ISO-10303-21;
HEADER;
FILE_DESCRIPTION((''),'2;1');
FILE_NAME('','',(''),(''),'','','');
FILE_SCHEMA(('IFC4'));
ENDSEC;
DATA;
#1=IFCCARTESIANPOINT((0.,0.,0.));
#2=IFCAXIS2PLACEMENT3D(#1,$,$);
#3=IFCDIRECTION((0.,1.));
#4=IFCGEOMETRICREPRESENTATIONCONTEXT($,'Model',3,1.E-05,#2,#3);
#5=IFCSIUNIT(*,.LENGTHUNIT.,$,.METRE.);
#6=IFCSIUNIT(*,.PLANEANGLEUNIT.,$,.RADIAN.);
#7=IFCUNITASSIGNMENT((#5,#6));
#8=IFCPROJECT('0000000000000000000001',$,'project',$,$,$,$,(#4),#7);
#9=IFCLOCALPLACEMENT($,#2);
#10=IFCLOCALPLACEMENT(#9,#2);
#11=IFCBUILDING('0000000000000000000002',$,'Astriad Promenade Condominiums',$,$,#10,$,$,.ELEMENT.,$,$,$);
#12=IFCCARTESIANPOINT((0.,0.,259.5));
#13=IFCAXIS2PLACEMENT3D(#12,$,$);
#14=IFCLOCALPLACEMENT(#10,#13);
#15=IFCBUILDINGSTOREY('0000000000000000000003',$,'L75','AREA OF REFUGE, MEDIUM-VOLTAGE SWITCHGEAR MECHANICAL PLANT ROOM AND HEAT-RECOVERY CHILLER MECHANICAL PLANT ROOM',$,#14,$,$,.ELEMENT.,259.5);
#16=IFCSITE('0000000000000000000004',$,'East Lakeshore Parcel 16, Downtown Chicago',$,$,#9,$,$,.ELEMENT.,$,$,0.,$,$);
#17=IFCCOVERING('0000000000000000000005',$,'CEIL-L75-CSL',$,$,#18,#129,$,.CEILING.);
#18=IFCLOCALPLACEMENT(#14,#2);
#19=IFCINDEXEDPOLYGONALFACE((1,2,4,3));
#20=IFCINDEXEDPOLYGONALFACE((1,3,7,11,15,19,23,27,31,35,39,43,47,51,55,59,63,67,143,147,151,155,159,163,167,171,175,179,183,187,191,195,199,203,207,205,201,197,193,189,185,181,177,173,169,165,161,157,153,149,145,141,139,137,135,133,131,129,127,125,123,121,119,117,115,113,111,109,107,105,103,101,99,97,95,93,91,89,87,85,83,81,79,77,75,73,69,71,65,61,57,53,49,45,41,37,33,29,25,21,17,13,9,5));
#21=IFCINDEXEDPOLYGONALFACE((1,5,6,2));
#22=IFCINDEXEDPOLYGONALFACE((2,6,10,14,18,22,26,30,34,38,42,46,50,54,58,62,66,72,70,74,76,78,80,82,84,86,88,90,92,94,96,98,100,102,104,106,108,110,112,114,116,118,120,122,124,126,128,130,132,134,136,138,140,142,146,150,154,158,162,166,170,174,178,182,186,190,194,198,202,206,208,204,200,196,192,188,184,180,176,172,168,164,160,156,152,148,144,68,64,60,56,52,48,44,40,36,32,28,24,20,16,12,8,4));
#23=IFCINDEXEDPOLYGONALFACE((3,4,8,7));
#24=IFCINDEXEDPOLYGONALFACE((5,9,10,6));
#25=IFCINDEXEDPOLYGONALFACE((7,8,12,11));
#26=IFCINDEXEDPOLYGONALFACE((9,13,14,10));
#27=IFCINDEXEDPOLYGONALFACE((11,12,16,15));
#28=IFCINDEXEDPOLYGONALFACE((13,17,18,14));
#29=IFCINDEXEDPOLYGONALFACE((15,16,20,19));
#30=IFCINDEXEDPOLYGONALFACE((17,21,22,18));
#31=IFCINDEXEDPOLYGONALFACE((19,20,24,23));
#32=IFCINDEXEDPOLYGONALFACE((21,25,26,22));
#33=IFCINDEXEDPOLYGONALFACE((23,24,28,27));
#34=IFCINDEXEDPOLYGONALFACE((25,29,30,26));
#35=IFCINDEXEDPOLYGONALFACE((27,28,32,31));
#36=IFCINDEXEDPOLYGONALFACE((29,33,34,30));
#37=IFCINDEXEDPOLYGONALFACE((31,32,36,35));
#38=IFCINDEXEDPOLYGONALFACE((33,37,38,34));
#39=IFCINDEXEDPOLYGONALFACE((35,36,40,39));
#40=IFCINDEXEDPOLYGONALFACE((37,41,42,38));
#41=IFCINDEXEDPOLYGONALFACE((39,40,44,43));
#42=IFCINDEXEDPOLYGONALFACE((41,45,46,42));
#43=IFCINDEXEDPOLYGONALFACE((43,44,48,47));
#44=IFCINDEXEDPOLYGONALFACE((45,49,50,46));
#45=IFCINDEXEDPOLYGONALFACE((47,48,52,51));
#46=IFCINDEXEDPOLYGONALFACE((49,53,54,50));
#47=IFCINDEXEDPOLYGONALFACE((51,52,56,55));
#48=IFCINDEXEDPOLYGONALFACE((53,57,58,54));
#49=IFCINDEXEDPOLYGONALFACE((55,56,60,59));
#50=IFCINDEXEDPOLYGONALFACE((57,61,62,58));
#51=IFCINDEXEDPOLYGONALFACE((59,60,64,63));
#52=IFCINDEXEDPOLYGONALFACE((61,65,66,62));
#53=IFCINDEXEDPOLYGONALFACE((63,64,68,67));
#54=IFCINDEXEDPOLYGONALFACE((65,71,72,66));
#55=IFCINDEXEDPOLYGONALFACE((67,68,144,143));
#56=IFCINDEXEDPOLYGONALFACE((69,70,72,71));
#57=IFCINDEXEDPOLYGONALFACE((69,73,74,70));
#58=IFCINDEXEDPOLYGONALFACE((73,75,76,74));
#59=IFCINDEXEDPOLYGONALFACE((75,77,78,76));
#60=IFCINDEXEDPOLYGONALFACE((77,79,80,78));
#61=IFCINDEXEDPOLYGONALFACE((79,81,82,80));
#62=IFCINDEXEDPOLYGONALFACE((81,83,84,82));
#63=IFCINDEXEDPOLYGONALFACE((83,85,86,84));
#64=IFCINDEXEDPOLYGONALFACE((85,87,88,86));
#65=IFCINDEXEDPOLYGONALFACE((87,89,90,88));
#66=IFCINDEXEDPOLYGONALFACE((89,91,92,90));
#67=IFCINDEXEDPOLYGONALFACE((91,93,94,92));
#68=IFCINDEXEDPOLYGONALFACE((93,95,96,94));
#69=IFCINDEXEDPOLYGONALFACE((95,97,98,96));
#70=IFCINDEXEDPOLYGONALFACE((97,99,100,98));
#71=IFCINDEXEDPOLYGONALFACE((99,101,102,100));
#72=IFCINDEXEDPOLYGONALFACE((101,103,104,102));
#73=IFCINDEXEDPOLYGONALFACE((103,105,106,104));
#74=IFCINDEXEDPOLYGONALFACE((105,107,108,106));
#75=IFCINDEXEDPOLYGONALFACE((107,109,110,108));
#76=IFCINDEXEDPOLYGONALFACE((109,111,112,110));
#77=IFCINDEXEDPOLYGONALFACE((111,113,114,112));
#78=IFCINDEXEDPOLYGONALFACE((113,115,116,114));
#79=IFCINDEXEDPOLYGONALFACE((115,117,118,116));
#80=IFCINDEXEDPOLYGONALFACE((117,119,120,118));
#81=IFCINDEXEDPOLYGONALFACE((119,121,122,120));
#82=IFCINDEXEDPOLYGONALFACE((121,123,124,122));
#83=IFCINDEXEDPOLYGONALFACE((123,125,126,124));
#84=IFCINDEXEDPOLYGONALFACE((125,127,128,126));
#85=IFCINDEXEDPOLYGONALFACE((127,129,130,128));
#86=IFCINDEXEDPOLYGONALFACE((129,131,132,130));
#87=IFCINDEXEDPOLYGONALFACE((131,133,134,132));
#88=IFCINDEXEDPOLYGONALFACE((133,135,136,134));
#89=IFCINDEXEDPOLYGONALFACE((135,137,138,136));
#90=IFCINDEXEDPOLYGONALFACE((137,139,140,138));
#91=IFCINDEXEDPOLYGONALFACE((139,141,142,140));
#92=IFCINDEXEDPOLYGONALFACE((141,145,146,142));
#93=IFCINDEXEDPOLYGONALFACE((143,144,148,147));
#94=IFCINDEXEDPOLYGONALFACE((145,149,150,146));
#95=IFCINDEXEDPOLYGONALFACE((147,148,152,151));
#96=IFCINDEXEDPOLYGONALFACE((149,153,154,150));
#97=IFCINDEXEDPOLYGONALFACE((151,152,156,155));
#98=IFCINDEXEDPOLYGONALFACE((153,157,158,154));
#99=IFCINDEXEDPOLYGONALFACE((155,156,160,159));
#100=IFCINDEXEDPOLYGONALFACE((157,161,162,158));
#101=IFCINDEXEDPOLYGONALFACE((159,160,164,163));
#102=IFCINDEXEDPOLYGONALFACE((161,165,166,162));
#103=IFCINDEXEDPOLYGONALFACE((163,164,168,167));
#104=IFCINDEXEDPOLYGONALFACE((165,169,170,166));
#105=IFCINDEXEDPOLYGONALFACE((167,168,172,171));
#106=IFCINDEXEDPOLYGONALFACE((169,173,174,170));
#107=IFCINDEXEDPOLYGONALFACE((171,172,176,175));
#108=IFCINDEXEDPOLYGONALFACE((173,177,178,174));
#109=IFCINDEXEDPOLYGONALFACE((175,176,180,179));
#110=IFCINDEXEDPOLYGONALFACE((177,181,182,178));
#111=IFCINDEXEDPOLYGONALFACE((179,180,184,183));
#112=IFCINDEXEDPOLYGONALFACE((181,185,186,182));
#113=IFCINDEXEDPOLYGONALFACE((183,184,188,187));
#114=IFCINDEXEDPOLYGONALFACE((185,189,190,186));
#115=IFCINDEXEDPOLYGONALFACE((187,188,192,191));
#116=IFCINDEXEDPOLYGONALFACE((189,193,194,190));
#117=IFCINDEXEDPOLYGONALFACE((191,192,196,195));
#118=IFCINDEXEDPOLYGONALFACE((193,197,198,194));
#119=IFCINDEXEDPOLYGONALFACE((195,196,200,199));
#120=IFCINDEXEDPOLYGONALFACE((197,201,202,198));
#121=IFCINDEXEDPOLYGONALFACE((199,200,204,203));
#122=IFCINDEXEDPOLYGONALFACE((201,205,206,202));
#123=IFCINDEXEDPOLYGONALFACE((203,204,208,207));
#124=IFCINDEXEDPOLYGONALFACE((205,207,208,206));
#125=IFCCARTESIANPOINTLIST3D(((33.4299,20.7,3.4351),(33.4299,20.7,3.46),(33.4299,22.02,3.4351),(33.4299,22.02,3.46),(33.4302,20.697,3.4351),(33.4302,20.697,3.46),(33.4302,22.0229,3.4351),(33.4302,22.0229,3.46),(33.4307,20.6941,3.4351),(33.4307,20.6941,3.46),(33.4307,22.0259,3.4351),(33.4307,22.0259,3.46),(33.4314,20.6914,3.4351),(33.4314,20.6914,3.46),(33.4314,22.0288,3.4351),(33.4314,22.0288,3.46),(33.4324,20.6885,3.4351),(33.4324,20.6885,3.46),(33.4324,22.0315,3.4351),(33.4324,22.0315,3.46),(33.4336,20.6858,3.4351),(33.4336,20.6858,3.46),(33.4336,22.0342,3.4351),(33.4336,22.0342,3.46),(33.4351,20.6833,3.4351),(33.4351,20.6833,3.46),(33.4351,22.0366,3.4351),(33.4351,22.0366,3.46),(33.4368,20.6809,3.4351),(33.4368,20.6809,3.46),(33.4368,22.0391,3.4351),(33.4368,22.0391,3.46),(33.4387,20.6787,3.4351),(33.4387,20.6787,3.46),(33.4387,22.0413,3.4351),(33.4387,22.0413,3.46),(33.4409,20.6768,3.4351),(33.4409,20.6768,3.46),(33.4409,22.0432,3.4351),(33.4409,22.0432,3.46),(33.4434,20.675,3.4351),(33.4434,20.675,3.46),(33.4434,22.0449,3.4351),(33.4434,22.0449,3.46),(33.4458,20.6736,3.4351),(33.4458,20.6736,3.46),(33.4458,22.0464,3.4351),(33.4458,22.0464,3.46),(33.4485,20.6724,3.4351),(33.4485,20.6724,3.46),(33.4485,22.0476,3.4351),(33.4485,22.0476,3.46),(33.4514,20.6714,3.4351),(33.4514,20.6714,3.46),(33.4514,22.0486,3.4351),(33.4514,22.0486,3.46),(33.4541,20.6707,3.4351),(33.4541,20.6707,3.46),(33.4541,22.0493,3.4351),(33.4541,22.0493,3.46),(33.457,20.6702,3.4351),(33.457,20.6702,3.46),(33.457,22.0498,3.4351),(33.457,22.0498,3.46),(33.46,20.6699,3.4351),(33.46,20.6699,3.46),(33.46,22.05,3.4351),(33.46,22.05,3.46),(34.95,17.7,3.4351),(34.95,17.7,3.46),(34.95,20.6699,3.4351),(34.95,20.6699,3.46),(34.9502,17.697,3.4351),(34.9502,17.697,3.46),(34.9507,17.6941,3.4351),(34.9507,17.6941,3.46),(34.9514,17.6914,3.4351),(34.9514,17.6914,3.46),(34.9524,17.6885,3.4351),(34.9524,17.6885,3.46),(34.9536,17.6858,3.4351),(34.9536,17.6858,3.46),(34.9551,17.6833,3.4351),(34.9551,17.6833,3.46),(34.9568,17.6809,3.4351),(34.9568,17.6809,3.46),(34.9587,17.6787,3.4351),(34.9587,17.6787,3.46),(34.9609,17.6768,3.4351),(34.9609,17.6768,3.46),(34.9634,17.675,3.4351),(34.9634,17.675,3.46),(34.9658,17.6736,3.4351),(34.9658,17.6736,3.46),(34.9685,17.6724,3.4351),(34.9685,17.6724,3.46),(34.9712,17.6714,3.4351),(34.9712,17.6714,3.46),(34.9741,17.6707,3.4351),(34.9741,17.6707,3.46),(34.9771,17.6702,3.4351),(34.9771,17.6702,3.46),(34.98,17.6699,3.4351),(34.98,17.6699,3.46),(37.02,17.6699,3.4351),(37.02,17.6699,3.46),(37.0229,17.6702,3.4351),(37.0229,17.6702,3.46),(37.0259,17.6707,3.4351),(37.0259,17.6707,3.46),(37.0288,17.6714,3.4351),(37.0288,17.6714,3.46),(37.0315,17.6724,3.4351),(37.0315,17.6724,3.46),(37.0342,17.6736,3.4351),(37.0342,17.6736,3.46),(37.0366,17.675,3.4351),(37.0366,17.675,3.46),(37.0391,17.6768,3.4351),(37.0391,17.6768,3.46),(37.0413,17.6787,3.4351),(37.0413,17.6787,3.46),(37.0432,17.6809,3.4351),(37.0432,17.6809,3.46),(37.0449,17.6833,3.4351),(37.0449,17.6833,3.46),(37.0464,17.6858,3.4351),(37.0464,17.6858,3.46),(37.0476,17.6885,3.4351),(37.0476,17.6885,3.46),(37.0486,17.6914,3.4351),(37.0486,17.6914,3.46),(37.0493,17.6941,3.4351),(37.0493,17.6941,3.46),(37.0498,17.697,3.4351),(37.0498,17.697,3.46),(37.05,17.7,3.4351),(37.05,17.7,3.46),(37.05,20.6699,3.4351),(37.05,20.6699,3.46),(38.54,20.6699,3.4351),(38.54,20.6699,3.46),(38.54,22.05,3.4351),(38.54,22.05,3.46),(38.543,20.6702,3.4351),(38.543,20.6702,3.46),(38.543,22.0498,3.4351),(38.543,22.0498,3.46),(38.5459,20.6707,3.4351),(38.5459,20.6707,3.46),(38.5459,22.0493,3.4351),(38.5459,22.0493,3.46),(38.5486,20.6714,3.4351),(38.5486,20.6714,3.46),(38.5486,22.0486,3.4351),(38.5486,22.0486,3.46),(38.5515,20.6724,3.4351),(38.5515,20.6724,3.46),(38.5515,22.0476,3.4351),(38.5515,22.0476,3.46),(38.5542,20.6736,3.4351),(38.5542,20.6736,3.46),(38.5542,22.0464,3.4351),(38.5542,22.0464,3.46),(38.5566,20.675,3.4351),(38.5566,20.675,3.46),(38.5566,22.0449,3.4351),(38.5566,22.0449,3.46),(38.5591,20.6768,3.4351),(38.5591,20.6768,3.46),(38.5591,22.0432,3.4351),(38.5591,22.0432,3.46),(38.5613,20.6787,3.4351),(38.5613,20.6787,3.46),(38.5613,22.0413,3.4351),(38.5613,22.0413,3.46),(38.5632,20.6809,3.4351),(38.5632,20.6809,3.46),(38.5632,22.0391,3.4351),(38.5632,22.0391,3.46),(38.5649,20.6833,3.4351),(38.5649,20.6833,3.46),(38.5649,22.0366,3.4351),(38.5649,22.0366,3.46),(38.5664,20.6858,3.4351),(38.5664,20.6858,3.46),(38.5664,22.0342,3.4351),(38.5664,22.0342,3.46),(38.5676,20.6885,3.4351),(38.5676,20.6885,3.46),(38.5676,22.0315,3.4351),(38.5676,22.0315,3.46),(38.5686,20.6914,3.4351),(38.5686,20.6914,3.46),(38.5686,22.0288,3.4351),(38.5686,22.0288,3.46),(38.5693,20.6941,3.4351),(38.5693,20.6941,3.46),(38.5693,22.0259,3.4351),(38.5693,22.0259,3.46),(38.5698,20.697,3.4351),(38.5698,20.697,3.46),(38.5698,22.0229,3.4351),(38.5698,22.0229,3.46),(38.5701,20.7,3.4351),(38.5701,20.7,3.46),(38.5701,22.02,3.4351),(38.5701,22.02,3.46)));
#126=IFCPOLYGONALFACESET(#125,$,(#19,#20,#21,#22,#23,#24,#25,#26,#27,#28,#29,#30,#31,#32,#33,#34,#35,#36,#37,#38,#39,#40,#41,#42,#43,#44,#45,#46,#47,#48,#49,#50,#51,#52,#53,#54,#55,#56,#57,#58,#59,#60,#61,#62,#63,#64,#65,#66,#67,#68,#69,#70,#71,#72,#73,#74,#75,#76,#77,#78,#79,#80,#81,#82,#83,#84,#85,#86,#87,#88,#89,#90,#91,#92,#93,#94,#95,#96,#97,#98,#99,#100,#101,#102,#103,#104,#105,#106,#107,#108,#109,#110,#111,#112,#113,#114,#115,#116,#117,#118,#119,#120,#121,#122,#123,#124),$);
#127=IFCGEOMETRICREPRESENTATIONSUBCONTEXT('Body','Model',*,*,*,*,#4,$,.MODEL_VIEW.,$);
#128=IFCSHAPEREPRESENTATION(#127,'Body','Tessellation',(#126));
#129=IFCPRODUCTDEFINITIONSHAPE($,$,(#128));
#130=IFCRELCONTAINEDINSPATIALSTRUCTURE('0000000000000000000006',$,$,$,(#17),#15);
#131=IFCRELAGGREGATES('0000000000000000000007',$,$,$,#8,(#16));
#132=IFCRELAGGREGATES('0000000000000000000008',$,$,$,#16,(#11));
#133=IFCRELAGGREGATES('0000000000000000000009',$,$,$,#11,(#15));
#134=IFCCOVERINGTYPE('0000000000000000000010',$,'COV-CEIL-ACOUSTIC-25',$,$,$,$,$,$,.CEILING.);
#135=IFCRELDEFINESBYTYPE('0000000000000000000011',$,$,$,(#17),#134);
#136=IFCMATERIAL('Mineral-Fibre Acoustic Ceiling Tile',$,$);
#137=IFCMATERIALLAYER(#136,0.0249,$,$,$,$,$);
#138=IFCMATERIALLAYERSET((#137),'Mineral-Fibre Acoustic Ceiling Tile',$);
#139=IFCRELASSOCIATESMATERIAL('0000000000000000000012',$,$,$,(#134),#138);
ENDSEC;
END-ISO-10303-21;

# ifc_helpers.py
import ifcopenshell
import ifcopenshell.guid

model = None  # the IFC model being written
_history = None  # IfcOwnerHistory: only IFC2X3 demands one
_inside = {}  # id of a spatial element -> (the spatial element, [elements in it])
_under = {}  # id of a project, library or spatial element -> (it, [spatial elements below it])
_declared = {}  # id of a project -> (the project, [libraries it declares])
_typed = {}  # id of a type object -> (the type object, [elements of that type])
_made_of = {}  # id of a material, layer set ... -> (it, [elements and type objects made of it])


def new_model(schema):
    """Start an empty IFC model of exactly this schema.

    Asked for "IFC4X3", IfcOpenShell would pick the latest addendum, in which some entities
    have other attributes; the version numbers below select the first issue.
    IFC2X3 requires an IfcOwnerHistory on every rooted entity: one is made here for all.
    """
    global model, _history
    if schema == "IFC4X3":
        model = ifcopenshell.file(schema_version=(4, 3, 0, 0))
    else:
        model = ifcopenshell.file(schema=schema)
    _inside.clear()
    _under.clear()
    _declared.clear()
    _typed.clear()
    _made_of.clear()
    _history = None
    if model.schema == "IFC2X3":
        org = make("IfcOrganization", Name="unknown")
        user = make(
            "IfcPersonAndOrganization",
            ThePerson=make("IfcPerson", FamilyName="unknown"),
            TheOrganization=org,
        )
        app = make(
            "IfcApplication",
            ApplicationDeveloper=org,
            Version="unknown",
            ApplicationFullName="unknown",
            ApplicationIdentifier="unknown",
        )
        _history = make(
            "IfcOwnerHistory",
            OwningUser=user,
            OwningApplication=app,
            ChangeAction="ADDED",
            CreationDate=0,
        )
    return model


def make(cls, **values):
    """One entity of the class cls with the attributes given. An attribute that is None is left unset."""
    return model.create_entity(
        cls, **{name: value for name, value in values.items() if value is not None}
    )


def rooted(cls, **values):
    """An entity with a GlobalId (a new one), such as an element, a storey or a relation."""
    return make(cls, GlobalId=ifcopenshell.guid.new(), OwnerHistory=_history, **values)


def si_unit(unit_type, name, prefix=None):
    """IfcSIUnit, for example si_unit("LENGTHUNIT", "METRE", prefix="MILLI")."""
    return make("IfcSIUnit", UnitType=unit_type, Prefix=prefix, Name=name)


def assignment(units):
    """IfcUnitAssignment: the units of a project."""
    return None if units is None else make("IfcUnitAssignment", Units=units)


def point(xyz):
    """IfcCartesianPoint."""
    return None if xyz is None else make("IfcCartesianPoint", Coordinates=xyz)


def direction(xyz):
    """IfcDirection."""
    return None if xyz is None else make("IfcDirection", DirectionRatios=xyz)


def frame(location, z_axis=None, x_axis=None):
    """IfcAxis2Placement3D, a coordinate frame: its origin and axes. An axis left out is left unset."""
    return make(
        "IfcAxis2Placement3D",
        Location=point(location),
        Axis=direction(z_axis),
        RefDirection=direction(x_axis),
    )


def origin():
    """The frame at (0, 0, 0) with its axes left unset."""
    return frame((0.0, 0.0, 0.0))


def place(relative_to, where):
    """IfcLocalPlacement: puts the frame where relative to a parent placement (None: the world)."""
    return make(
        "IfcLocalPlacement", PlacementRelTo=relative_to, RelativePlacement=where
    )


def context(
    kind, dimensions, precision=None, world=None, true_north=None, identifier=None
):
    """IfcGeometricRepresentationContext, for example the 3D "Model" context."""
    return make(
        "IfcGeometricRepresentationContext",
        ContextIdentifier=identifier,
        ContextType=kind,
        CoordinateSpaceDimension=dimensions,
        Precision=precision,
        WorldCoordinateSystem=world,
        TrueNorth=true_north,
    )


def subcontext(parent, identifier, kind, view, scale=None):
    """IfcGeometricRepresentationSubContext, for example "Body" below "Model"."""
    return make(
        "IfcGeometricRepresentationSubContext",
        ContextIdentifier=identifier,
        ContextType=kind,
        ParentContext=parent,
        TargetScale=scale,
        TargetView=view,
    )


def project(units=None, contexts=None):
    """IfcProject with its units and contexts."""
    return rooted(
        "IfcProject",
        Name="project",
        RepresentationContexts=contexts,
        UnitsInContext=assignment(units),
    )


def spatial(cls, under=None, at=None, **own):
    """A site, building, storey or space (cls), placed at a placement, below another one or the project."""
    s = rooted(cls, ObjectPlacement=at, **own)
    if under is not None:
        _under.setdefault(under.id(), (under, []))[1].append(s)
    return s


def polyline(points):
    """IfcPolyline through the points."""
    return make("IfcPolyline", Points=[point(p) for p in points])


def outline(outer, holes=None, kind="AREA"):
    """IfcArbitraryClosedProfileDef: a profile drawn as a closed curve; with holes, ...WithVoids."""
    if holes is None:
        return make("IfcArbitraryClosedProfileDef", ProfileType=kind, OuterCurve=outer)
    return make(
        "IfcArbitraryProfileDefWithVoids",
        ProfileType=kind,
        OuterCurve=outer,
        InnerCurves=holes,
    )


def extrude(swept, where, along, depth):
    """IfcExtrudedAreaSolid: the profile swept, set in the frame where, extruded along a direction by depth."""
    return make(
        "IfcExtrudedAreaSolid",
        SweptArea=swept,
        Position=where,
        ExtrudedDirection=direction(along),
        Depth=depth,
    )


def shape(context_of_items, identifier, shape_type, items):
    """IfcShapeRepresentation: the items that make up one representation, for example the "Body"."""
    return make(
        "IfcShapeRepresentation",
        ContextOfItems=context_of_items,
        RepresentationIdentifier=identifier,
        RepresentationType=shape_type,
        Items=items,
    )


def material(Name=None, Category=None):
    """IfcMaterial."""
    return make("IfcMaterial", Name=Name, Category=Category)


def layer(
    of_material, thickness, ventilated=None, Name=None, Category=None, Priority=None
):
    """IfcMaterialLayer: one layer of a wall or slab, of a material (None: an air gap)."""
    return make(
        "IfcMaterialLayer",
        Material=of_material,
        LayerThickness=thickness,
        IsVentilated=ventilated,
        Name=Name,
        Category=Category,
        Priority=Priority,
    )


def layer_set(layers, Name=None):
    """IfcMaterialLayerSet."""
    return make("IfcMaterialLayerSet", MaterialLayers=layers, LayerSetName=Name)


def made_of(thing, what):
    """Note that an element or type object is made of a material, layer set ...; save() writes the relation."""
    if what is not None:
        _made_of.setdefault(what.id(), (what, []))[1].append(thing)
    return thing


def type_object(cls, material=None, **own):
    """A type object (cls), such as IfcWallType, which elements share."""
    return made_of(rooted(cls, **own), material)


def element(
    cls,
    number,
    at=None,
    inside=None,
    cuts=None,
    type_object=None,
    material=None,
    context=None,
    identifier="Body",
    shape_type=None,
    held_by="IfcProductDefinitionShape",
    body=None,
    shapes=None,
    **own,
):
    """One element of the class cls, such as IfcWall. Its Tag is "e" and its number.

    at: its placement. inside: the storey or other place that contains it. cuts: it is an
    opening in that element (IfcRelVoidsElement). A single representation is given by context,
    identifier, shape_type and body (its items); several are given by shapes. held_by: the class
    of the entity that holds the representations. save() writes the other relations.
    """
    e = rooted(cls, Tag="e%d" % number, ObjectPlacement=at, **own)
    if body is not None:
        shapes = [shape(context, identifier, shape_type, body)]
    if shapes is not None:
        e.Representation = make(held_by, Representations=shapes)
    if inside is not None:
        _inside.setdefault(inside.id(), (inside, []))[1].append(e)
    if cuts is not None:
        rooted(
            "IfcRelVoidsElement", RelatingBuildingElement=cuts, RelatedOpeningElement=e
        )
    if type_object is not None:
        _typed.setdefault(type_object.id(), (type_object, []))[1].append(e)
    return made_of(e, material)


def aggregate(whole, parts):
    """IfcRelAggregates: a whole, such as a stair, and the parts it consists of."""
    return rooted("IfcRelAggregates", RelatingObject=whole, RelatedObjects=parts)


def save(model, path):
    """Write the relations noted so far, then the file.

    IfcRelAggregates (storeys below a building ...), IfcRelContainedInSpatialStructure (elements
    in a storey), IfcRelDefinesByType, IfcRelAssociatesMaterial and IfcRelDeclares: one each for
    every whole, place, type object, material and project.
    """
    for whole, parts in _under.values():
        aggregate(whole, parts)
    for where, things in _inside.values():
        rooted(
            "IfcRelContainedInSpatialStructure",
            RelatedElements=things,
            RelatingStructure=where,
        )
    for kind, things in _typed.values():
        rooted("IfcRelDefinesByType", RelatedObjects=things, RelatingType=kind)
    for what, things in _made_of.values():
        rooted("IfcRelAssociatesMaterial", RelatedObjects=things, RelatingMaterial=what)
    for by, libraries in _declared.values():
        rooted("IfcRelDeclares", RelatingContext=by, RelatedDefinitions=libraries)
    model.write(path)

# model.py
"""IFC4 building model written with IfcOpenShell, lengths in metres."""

from ifc_helpers import new_model, si_unit, direction, frame, origin, place, context, subcontext, project, spatial, polyline, outline, extrude, material, layer, layer_set, type_object, element, save


model = new_model("IFC4")

# Units and contexts
model_context = context("Model", 3, precision=1e-05, world=origin(), true_north=direction((0.0, 1.0)))
body_context = subcontext(model_context, "Body", "Model", "MODEL_VIEW")
ifc_project = project(units=[si_unit("LENGTHUNIT", "METRE"), si_unit("PLANEANGLEUNIT", "RADIAN")], contexts=[model_context])

# Site, building, storey
site_placement = place(None, origin())
site = spatial("IfcSite", under=ifc_project, at=site_placement, Name="East Lakeshore Parcel 16, Downtown Chicago", CompositionType="ELEMENT", RefElevation=0.0)
building_placement = place(site_placement, origin())
building = spatial("IfcBuilding", under=site, at=building_placement, Name="Astriad Promenade Condominiums", CompositionType="ELEMENT")
storey_placement = place(building_placement, frame((0.0, 0.0, 259.5)))
storey = spatial("IfcBuildingStorey", under=building, at=storey_placement, Name="L75", Description="AREA OF REFUGE, MEDIUM-VOLTAGE SWITCHGEAR MECHANICAL PLANT ROOM AND HEAT-RECOVERY CHILLER MECHANICAL PLANT ROOM", CompositionType="ELEMENT", Elevation=259.5)

# Covering
ifc_material_1 = material(Name="Mineral-Fibre Acoustic Ceiling Tile")
ifc_layer_1 = layer(ifc_material_1, 0.0249)
ifc_layer_set_1 = layer_set([ifc_layer_1], Name="Mineral-Fibre Acoustic Ceiling Tile")
covering_type_1 = type_object("IfcCoveringType", Name="COV-CEIL-ACOUSTIC-25", PredefinedType="CEILING", material=ifc_layer_set_1)
covering_1_placement = place(storey_placement, frame((0.0, 0.0, 3.4351)))
element("IfcCovering", 1, at=covering_1_placement, inside=storey, type_object=covering_type_1, Name="CEIL-L75-CSL", PredefinedType="CEILING", context=body_context, shape_type="SweptSolid", body=[
    extrude(outline(polyline([(37.05, 17.7), (37.0498, 17.697), (37.0493, 17.6941), (37.0486, 17.6914), (37.0476, 17.6885), (37.0464, 17.6858), (37.0449, 17.6833), (37.0432, 17.6809), (37.0413, 17.6787), (37.0391, 17.6768), (37.0366, 17.675), (37.0342, 17.6736), (37.0315, 17.6724), (37.0288, 17.6714), (37.0259, 17.6707), (37.0229, 17.6702), (37.02, 17.6699), (34.98, 17.6699), (34.9771, 17.6702), (34.9741, 17.6707), (34.9712, 17.6714), (34.9685, 17.6724), (34.9658, 17.6736), (34.9634, 17.675), (34.9609, 17.6768), (34.9587, 17.6787), (34.9568, 17.6809), (34.9551, 17.6833), (34.9536, 17.6858), (34.9524, 17.6885), (34.9514, 17.6914), (34.9507, 17.6941), (34.9502, 17.697), (34.95, 17.7), (34.95, 20.6699), (33.46, 20.6699), (33.457, 20.6702), (33.4541, 20.6707), (33.4514, 20.6714), (33.4485, 20.6724), (33.4458, 20.6736), (33.4434, 20.675), (33.4409, 20.6768), (33.4387, 20.6787), (33.4368, 20.6809), (33.4351, 20.6833), (33.4336, 20.6858), (33.4324, 20.6885), (33.4314, 20.6914), (33.4307, 20.6941), (33.4302, 20.697), (33.4299, 20.7), (33.4299, 22.02), (33.4302, 22.0229), (33.4307, 22.0259), (33.4314, 22.0288), (33.4324, 22.0315), (33.4336, 22.0342), (33.4351, 22.0366), (33.4368, 22.0391), (33.4387, 22.0413), (33.4409, 22.0432), (33.4434, 22.0449), (33.4458, 22.0464), (33.4485, 22.0476), (33.4514, 22.0486), (33.4541, 22.0493), (33.457, 22.0498), (33.46, 22.05), (38.54, 22.05), (38.543, 22.0498), (38.5459, 22.0493), (38.5486, 22.0486), (38.5515, 22.0476), (38.5542, 22.0464), (38.5566, 22.0449), (38.5591, 22.0432), (38.5613, 22.0413), (38.5632, 22.0391), (38.5649, 22.0366), (38.5664, 22.0342), (38.5676, 22.0315), (38.5686, 22.0288), (38.5693, 22.0259), (38.5698, 22.0229), (38.5701, 22.02), (38.5701, 20.7), (38.5698, 20.697), (38.5693, 20.6941), (38.5686, 20.6914), (38.5676, 20.6885), (38.5664, 20.6858), (38.5649, 20.6833), (38.5632, 20.6809), (38.5613, 20.6787), (38.5591, 20.6768), (38.5566, 20.675), (38.5542, 20.6736), (38.5515, 20.6724), (38.5486, 20.6714), (38.5459, 20.6707), (38.543, 20.6702), (38.54, 20.6699), (37.05, 20.6699), (37.05, 17.7)])), origin(), (0.0, 0.0, 1.0), 0.0249),
])

save(model, "model.ifc")
